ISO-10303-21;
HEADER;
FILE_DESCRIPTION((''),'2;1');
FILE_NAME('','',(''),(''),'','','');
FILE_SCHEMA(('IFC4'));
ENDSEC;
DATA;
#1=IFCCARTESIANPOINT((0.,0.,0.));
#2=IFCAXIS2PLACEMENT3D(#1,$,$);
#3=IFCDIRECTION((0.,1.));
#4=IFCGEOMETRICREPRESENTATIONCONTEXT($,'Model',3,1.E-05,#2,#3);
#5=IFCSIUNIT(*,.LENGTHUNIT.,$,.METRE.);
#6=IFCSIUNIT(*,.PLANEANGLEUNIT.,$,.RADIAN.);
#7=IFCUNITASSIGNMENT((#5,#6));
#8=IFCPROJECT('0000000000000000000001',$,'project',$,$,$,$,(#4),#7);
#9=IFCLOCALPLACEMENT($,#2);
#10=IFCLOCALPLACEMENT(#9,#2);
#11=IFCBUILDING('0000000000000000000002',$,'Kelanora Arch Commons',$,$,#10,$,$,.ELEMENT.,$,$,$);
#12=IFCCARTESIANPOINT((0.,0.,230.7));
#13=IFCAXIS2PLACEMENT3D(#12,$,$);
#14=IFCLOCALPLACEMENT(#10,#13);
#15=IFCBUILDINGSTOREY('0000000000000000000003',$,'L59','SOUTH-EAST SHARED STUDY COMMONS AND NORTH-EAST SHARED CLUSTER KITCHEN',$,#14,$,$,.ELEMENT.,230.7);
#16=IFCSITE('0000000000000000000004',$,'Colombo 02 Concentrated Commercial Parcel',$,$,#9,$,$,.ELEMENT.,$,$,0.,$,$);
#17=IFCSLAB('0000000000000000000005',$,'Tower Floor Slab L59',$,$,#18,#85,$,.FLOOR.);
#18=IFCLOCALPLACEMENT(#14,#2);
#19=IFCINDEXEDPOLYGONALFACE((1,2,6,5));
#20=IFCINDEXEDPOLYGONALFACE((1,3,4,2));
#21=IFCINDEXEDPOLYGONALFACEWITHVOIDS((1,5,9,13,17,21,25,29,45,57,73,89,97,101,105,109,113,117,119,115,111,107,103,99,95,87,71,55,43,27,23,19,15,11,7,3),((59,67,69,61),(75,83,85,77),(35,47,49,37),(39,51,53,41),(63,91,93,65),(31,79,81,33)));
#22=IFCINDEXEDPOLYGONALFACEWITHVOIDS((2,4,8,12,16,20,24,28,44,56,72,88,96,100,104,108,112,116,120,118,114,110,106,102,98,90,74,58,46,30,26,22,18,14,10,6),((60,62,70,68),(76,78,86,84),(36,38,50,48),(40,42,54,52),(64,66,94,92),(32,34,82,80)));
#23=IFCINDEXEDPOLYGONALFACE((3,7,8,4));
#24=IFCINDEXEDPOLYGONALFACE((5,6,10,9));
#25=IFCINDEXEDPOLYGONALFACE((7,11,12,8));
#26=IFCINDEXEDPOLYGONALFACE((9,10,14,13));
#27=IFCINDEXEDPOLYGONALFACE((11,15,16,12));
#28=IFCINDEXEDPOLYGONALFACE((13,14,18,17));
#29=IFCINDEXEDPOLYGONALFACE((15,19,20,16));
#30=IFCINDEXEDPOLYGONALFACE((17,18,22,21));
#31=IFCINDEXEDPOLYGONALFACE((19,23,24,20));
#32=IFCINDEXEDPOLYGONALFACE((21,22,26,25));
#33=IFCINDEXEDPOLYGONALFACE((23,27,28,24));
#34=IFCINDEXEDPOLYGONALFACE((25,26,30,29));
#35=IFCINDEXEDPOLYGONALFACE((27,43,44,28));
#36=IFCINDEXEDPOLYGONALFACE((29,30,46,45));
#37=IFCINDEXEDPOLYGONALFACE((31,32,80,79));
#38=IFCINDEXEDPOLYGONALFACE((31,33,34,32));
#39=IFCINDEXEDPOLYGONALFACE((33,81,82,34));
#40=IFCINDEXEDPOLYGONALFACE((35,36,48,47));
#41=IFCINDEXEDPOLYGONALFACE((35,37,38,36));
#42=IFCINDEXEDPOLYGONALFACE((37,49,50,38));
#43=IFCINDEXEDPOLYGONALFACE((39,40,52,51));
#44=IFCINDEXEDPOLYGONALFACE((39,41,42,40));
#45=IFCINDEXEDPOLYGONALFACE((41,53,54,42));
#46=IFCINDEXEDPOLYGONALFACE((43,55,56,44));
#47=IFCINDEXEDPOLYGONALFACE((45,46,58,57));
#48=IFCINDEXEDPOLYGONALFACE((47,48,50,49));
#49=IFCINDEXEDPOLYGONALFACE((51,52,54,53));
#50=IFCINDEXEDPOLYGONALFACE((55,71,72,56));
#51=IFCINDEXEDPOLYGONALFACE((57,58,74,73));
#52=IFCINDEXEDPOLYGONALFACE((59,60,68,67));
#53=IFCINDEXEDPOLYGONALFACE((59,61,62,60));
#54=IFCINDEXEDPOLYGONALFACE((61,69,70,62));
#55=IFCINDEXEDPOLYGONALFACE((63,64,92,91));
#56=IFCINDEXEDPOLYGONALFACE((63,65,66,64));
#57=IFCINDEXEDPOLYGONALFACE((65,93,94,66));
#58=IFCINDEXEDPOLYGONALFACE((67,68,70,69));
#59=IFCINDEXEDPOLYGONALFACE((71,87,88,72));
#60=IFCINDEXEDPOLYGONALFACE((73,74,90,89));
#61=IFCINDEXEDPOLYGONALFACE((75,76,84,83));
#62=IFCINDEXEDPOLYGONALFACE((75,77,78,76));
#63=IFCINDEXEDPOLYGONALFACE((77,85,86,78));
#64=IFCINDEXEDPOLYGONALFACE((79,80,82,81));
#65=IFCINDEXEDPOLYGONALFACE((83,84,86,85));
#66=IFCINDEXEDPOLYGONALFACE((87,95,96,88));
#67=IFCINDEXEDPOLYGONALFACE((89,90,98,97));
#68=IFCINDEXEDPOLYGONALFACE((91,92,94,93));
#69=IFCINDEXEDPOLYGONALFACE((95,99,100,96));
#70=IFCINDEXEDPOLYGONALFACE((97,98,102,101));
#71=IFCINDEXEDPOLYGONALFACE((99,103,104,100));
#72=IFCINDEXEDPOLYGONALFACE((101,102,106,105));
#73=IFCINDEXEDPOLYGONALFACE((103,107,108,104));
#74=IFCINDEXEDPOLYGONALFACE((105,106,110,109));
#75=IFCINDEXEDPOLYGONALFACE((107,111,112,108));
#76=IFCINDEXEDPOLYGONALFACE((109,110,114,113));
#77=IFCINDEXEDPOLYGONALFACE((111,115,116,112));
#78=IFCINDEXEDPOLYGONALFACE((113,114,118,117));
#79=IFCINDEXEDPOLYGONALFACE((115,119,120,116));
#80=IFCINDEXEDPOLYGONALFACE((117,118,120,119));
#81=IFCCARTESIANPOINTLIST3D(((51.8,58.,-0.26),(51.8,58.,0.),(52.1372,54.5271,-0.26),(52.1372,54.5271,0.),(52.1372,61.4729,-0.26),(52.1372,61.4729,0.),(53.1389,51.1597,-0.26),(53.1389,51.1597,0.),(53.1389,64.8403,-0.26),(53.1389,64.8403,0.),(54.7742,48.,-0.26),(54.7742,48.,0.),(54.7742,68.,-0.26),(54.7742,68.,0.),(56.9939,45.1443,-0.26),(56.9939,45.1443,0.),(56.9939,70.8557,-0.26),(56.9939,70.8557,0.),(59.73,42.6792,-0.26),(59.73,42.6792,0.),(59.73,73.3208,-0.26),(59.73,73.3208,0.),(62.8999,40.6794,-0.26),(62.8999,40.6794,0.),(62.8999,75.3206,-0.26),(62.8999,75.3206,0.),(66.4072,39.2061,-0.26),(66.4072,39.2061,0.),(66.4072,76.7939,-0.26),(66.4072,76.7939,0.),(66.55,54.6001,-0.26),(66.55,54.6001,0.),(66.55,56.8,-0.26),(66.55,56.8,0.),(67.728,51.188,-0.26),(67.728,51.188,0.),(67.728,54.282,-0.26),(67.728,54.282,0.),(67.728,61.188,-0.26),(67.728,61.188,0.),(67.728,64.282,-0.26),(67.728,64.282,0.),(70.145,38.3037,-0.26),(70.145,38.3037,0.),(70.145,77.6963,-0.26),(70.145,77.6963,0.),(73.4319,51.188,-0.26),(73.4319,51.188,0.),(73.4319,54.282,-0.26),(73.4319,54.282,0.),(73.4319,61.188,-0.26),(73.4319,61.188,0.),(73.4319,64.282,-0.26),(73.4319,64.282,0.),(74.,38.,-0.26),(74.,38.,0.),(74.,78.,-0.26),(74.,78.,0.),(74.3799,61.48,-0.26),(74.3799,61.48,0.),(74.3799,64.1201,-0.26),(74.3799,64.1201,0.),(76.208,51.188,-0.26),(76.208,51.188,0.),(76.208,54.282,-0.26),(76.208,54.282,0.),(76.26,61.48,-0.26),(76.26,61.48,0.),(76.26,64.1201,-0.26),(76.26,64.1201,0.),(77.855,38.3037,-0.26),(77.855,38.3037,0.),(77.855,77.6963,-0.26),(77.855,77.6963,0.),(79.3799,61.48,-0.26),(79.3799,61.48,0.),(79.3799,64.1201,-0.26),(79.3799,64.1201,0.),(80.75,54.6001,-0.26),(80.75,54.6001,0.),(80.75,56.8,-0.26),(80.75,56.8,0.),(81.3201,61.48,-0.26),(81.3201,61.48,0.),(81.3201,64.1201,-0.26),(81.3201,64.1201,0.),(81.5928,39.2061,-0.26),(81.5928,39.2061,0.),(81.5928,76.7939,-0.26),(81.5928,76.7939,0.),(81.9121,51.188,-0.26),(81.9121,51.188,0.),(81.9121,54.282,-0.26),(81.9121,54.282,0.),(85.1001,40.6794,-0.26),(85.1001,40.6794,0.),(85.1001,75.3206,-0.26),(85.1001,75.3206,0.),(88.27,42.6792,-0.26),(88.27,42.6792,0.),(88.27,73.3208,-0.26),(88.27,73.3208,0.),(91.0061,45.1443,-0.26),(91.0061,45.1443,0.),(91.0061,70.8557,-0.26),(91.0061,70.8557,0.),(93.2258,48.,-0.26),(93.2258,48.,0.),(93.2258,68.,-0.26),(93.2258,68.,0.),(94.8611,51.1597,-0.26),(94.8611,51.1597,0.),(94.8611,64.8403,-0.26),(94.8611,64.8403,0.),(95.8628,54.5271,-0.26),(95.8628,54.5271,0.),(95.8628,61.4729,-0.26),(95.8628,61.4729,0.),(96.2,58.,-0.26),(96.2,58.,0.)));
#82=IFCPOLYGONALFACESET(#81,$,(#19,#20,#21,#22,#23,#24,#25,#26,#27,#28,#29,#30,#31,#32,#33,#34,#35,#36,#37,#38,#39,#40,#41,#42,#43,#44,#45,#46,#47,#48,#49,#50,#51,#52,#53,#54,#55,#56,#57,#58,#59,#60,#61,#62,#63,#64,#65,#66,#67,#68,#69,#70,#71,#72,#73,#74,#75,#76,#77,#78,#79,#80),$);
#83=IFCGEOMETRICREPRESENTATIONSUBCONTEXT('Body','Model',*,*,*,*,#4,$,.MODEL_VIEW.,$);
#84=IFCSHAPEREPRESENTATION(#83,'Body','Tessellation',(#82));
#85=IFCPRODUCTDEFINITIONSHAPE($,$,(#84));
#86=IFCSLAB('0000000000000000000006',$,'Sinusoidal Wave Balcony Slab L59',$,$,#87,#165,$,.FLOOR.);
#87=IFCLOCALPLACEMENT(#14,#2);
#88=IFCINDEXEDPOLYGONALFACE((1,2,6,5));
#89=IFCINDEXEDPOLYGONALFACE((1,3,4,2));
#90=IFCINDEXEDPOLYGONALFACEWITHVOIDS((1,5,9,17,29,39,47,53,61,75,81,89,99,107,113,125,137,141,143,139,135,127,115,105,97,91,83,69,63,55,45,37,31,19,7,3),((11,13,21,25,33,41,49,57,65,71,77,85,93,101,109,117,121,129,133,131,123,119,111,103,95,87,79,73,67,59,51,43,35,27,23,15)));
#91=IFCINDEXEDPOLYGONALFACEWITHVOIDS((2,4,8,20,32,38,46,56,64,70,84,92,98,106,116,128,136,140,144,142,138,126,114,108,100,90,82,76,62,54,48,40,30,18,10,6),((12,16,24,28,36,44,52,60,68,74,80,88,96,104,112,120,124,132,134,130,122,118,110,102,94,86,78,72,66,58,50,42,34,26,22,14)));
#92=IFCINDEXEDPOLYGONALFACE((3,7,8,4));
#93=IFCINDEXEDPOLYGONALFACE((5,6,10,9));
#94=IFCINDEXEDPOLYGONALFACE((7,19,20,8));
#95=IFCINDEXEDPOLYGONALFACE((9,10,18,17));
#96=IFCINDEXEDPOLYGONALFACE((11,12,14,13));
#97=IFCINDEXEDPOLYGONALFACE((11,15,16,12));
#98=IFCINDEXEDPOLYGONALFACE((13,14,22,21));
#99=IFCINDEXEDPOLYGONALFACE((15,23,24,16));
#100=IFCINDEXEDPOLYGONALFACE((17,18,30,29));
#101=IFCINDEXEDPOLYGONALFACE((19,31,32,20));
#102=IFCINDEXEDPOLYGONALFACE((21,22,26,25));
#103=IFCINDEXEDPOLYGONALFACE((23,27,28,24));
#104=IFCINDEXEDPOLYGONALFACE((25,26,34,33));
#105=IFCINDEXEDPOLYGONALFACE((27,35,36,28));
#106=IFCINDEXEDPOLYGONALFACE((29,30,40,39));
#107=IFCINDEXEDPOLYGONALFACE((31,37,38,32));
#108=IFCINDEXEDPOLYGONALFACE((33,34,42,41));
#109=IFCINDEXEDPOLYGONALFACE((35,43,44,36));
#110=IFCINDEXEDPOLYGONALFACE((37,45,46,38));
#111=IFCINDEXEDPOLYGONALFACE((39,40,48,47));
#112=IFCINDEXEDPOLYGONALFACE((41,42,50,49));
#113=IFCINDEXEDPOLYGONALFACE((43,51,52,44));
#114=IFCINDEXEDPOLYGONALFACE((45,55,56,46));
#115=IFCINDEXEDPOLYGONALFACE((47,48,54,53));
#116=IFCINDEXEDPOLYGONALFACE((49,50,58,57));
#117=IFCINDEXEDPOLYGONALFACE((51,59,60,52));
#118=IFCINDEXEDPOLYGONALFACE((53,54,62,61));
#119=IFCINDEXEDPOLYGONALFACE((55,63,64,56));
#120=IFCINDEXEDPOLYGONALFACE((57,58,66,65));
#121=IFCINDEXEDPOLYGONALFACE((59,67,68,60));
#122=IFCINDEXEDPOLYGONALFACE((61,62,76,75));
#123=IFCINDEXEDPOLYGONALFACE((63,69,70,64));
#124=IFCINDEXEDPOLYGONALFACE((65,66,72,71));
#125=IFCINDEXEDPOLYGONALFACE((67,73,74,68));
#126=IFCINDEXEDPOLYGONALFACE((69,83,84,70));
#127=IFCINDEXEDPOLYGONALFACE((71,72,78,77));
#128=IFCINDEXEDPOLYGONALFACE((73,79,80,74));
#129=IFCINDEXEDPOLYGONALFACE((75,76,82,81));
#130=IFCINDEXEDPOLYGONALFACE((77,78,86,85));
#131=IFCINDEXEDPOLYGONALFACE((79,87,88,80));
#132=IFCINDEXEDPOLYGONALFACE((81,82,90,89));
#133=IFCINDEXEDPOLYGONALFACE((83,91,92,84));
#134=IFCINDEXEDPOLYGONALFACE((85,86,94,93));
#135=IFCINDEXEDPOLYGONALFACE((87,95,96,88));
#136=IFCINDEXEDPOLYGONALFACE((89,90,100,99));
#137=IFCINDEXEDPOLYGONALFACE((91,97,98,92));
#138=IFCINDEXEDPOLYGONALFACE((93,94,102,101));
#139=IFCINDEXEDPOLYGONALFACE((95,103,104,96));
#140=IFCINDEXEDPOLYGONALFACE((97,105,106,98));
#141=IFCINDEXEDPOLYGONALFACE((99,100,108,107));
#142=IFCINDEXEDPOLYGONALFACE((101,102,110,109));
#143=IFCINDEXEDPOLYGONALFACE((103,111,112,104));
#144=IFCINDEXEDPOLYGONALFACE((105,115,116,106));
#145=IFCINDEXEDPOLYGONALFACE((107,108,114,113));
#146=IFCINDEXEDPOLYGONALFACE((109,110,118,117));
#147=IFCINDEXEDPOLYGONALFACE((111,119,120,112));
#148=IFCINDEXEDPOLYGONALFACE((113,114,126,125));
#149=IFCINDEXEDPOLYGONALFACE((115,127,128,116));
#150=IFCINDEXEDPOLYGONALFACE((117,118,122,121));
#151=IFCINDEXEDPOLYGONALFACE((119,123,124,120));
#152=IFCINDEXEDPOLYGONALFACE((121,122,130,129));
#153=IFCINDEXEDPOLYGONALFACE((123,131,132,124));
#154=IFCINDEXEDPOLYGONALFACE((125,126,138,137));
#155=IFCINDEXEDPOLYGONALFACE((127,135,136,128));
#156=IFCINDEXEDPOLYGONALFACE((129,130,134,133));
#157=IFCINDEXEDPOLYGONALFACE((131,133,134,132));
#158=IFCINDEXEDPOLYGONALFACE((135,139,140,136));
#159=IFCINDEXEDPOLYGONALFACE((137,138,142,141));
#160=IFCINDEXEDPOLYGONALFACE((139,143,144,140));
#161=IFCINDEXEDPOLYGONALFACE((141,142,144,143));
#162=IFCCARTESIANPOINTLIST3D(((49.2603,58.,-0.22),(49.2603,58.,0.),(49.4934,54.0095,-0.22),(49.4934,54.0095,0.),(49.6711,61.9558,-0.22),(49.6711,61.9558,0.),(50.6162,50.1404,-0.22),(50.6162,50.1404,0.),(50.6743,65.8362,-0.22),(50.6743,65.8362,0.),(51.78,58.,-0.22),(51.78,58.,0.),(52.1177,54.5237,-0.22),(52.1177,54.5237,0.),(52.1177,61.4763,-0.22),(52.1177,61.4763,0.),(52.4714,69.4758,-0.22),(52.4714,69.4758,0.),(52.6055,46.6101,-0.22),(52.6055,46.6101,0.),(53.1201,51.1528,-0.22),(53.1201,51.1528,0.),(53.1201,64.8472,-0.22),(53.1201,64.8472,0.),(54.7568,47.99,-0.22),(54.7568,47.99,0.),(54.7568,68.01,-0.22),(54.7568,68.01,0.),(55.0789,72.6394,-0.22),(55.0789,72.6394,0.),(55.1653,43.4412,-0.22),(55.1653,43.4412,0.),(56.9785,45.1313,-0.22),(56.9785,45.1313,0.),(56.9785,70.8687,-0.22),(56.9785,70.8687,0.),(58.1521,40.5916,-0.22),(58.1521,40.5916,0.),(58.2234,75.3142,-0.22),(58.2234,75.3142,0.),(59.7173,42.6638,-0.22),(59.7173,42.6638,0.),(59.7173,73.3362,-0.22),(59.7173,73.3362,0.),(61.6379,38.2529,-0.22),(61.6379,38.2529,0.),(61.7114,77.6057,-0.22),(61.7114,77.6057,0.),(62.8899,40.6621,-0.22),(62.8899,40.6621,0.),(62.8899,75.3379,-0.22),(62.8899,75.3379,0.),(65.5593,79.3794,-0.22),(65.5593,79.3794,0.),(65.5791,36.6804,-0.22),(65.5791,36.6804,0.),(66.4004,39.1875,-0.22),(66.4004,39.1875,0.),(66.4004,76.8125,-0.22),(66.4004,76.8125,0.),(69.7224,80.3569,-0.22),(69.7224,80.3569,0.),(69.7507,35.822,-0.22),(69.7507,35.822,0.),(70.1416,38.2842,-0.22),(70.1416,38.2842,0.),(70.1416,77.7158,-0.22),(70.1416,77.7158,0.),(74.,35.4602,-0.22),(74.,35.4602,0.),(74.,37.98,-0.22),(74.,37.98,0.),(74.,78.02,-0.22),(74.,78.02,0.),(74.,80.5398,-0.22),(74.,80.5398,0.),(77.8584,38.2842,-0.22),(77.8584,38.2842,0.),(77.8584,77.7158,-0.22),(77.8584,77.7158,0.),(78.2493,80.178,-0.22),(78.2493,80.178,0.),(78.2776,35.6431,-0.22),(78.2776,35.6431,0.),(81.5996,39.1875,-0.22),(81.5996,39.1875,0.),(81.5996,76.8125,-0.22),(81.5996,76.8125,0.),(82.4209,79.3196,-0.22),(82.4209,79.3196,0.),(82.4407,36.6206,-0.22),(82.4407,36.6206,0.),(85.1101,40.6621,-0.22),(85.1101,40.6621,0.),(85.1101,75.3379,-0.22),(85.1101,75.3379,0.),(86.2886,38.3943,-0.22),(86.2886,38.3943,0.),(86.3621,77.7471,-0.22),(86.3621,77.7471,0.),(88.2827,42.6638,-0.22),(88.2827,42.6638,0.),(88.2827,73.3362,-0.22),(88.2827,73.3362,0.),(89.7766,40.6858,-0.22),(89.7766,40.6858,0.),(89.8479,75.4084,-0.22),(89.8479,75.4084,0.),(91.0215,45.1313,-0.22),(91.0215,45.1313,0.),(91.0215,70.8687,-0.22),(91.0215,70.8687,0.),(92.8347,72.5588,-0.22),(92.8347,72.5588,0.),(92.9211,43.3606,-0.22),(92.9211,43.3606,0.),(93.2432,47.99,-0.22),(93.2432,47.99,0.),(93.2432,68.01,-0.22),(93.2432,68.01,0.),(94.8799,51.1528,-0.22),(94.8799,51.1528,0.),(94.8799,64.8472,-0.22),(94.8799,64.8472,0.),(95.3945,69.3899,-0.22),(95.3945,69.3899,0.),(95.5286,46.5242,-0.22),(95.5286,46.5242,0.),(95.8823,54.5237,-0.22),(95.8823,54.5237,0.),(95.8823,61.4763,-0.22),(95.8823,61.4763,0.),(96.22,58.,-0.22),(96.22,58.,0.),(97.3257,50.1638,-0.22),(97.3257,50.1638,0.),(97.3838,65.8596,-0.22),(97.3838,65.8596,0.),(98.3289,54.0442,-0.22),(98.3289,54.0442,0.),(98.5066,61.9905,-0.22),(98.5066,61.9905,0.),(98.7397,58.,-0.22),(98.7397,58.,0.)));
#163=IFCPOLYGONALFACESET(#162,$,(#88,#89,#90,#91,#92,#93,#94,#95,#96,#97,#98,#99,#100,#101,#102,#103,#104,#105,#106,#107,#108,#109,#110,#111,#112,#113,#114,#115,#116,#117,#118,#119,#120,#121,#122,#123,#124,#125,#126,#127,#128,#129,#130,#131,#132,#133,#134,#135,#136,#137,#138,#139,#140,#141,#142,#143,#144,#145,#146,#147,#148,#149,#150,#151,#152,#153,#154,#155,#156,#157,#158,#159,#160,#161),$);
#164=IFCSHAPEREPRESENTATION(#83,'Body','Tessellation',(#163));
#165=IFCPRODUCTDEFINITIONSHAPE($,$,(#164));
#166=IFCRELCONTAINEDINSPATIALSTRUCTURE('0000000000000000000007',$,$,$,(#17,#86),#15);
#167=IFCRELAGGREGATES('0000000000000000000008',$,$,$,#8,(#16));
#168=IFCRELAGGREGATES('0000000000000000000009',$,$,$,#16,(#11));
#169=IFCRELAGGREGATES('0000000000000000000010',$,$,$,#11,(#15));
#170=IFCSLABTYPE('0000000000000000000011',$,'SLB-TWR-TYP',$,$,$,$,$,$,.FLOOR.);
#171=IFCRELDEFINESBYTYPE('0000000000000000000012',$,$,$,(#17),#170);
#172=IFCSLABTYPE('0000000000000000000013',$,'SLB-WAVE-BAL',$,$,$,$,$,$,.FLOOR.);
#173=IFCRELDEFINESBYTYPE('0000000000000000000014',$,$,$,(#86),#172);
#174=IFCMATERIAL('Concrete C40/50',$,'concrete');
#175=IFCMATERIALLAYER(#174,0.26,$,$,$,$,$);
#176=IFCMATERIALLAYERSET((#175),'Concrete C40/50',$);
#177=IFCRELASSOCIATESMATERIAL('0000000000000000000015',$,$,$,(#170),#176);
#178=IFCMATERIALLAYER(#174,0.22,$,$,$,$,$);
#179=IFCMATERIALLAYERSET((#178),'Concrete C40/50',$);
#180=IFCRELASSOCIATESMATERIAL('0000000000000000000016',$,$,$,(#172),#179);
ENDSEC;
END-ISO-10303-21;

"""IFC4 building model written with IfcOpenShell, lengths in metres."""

from ifc_helpers import new_model, si_unit, direction, frame, origin, place, context, subcontext, project, spatial, polyline, outline, extrude, material, layer, layer_set, type_object, element, save


model = new_model("IFC4")

# Units and contexts
model_context = context("Model", 3, precision=1e-05, world=origin(), true_north=direction((0.0, 1.0)))
body_context = subcontext(model_context, "Body", "Model", "MODEL_VIEW")
ifc_project = project(units=[si_unit("LENGTHUNIT", "METRE"), si_unit("PLANEANGLEUNIT", "RADIAN")], contexts=[model_context])

# Site, building, storey
site_placement = place(None, origin())
site = spatial("IfcSite", under=ifc_project, at=site_placement, Name="Colombo 02 Concentrated Commercial Parcel", CompositionType="ELEMENT", RefElevation=0.0)
building_placement = place(site_placement, origin())
building = spatial("IfcBuilding", under=site, at=building_placement, Name="Kelanora Arch Commons", CompositionType="ELEMENT")
storey_placement = place(building_placement, frame((0.0, 0.0, 230.7)))
storey = spatial("IfcBuildingStorey", under=building, at=storey_placement, Name="L59", Description="SOUTH-EAST SHARED STUDY COMMONS AND NORTH-EAST SHARED CLUSTER KITCHEN", CompositionType="ELEMENT", Elevation=230.7)

# Shared definitions
ifc_material_1 = material(Name="Concrete C40/50", Category="concrete")

# Slabs
ifc_layer_1 = layer(ifc_material_1, 0.26)
ifc_layer_set_1 = layer_set([ifc_layer_1], Name="Concrete C40/50")
slab_type_1 = type_object("IfcSlabType", Name="SLB-TWR-TYP", PredefinedType="FLOOR", material=ifc_layer_set_1)
slab_1_placement = place(storey_placement, frame((0.0, 0.0, -0.26)))
element("IfcSlab", 1, at=slab_1_placement, inside=storey, type_object=slab_type_1, Name="Tower Floor Slab L59", PredefinedType="FLOOR", context=body_context, shape_type="SweptSolid", body=[
    extrude(outline(polyline([(96.2, 58.0), (95.8628, 61.4729), (94.8611, 64.8403), (93.2258, 68.0), (91.0061, 70.8557), (88.27, 73.3208), (85.1001, 75.3206), (81.5928, 76.7939), (77.855, 77.6963), (74.0, 78.0), (70.145, 77.6963), (66.4072, 76.7939), (62.8999, 75.3206), (59.73, 73.3208), (56.9939, 70.8557), (54.7742, 68.0), (53.1389, 64.8403), (52.1372, 61.4729), (51.8, 58.0), (52.1372, 54.5271), (53.1389, 51.1597), (54.7742, 48.0), (56.9939, 45.1443), (59.73, 42.6792), (62.8999, 40.6794), (66.4072, 39.2061), (70.145, 38.3037), (74.0, 38.0), (77.855, 38.3037), (81.5928, 39.2061), (85.1001, 40.6794), (88.27, 42.6792), (91.0061, 45.1443), (93.2258, 48.0), (94.8611, 51.1597), (95.8628, 54.5271), (96.2, 58.0)]), holes=[polyline([(73.4319, 51.188), (67.728, 51.188), (67.728, 54.282), (73.4319, 54.282), (73.4319, 51.188)]), polyline([(76.208, 51.188), (76.208, 54.282), (81.9121, 54.282), (81.9121, 51.188), (76.208, 51.188)]), polyline([(66.55, 54.6001), (66.55, 56.8), (80.75, 56.8), (80.75, 54.6001), (66.55, 54.6001)]), polyline([(73.4319, 61.188), (67.728, 61.188), (67.728, 64.282), (73.4319, 64.282), (73.4319, 61.188)]), polyline([(74.3799, 61.48), (74.3799, 64.1201), (76.26, 64.1201), (76.26, 61.48), (74.3799, 61.48)]), polyline([(79.3799, 61.48), (79.3799, 64.1201), (81.3201, 64.1201), (81.3201, 61.48), (79.3799, 61.48)])]), origin(), (0.0, 0.0, 1.0), 0.26),
])
ifc_layer_2 = layer(ifc_material_1, 0.22)
ifc_layer_set_2 = layer_set([ifc_layer_2], Name="Concrete C40/50")
slab_type_2 = type_object("IfcSlabType", Name="SLB-WAVE-BAL", PredefinedType="FLOOR", material=ifc_layer_set_2)
slab_2_placement = place(storey_placement, frame((0.0, 0.0, -0.22)))
element("IfcSlab", 2, at=slab_2_placement, inside=storey, type_object=slab_type_2, Name="Sinusoidal Wave Balcony Slab L59", PredefinedType="FLOOR", context=body_context, shape_type="SweptSolid", body=[
    extrude(outline(polyline([(98.7397, 58.0), (98.5066, 61.9905), (97.3838, 65.8596), (95.3945, 69.3899), (92.8347, 72.5588), (89.8479, 75.4084), (86.3621, 77.7471), (82.4209, 79.3196), (78.2493, 80.178), (74.0, 80.5398), (69.7224, 80.3569), (65.5593, 79.3794), (61.7114, 77.6057), (58.2234, 75.3142), (55.0789, 72.6394), (52.4714, 69.4758), (50.6743, 65.8362), (49.6711, 61.9558), (49.2603, 58.0), (49.4934, 54.0095), (50.6162, 50.1404), (52.6055, 46.6101), (55.1653, 43.4412), (58.1521, 40.5916), (61.6379, 38.2529), (65.5791, 36.6804), (69.7507, 35.822), (74.0, 35.4602), (78.2776, 35.6431), (82.4407, 36.6206), (86.2886, 38.3943), (89.7766, 40.6858), (92.9211, 43.3606), (95.5286, 46.5242), (97.3257, 50.1638), (98.3289, 54.0442), (98.7397, 58.0)]), holes=[polyline([(95.8823, 54.5237), (94.8799, 51.1528), (93.2432, 47.99), (91.0215, 45.1313), (88.2827, 42.6638), (85.1101, 40.6621), (81.5996, 39.1875), (77.8584, 38.2842), (74.0, 37.98), (70.1416, 38.2842), (66.4004, 39.1875), (62.8899, 40.6621), (59.7173, 42.6638), (56.9785, 45.1313), (54.7568, 47.99), (53.1201, 51.1528), (52.1177, 54.5237), (51.78, 58.0), (52.1177, 61.4763), (53.1201, 64.8472), (54.7568, 68.01), (56.9785, 70.8687), (59.7173, 73.3362), (62.8899, 75.3379), (66.4004, 76.8125), (70.1416, 77.7158), (74.0, 78.02), (77.8584, 77.7158), (81.5996, 76.8125), (85.1101, 75.3379), (88.2827, 73.3362), (91.0215, 70.8687), (93.2432, 68.01), (94.8799, 64.8472), (95.8823, 61.4763), (96.22, 58.0), (95.8823, 54.5237)])]), origin(), (0.0, 0.0, 1.0), 0.22),
])

save(model, "model.ifc")
